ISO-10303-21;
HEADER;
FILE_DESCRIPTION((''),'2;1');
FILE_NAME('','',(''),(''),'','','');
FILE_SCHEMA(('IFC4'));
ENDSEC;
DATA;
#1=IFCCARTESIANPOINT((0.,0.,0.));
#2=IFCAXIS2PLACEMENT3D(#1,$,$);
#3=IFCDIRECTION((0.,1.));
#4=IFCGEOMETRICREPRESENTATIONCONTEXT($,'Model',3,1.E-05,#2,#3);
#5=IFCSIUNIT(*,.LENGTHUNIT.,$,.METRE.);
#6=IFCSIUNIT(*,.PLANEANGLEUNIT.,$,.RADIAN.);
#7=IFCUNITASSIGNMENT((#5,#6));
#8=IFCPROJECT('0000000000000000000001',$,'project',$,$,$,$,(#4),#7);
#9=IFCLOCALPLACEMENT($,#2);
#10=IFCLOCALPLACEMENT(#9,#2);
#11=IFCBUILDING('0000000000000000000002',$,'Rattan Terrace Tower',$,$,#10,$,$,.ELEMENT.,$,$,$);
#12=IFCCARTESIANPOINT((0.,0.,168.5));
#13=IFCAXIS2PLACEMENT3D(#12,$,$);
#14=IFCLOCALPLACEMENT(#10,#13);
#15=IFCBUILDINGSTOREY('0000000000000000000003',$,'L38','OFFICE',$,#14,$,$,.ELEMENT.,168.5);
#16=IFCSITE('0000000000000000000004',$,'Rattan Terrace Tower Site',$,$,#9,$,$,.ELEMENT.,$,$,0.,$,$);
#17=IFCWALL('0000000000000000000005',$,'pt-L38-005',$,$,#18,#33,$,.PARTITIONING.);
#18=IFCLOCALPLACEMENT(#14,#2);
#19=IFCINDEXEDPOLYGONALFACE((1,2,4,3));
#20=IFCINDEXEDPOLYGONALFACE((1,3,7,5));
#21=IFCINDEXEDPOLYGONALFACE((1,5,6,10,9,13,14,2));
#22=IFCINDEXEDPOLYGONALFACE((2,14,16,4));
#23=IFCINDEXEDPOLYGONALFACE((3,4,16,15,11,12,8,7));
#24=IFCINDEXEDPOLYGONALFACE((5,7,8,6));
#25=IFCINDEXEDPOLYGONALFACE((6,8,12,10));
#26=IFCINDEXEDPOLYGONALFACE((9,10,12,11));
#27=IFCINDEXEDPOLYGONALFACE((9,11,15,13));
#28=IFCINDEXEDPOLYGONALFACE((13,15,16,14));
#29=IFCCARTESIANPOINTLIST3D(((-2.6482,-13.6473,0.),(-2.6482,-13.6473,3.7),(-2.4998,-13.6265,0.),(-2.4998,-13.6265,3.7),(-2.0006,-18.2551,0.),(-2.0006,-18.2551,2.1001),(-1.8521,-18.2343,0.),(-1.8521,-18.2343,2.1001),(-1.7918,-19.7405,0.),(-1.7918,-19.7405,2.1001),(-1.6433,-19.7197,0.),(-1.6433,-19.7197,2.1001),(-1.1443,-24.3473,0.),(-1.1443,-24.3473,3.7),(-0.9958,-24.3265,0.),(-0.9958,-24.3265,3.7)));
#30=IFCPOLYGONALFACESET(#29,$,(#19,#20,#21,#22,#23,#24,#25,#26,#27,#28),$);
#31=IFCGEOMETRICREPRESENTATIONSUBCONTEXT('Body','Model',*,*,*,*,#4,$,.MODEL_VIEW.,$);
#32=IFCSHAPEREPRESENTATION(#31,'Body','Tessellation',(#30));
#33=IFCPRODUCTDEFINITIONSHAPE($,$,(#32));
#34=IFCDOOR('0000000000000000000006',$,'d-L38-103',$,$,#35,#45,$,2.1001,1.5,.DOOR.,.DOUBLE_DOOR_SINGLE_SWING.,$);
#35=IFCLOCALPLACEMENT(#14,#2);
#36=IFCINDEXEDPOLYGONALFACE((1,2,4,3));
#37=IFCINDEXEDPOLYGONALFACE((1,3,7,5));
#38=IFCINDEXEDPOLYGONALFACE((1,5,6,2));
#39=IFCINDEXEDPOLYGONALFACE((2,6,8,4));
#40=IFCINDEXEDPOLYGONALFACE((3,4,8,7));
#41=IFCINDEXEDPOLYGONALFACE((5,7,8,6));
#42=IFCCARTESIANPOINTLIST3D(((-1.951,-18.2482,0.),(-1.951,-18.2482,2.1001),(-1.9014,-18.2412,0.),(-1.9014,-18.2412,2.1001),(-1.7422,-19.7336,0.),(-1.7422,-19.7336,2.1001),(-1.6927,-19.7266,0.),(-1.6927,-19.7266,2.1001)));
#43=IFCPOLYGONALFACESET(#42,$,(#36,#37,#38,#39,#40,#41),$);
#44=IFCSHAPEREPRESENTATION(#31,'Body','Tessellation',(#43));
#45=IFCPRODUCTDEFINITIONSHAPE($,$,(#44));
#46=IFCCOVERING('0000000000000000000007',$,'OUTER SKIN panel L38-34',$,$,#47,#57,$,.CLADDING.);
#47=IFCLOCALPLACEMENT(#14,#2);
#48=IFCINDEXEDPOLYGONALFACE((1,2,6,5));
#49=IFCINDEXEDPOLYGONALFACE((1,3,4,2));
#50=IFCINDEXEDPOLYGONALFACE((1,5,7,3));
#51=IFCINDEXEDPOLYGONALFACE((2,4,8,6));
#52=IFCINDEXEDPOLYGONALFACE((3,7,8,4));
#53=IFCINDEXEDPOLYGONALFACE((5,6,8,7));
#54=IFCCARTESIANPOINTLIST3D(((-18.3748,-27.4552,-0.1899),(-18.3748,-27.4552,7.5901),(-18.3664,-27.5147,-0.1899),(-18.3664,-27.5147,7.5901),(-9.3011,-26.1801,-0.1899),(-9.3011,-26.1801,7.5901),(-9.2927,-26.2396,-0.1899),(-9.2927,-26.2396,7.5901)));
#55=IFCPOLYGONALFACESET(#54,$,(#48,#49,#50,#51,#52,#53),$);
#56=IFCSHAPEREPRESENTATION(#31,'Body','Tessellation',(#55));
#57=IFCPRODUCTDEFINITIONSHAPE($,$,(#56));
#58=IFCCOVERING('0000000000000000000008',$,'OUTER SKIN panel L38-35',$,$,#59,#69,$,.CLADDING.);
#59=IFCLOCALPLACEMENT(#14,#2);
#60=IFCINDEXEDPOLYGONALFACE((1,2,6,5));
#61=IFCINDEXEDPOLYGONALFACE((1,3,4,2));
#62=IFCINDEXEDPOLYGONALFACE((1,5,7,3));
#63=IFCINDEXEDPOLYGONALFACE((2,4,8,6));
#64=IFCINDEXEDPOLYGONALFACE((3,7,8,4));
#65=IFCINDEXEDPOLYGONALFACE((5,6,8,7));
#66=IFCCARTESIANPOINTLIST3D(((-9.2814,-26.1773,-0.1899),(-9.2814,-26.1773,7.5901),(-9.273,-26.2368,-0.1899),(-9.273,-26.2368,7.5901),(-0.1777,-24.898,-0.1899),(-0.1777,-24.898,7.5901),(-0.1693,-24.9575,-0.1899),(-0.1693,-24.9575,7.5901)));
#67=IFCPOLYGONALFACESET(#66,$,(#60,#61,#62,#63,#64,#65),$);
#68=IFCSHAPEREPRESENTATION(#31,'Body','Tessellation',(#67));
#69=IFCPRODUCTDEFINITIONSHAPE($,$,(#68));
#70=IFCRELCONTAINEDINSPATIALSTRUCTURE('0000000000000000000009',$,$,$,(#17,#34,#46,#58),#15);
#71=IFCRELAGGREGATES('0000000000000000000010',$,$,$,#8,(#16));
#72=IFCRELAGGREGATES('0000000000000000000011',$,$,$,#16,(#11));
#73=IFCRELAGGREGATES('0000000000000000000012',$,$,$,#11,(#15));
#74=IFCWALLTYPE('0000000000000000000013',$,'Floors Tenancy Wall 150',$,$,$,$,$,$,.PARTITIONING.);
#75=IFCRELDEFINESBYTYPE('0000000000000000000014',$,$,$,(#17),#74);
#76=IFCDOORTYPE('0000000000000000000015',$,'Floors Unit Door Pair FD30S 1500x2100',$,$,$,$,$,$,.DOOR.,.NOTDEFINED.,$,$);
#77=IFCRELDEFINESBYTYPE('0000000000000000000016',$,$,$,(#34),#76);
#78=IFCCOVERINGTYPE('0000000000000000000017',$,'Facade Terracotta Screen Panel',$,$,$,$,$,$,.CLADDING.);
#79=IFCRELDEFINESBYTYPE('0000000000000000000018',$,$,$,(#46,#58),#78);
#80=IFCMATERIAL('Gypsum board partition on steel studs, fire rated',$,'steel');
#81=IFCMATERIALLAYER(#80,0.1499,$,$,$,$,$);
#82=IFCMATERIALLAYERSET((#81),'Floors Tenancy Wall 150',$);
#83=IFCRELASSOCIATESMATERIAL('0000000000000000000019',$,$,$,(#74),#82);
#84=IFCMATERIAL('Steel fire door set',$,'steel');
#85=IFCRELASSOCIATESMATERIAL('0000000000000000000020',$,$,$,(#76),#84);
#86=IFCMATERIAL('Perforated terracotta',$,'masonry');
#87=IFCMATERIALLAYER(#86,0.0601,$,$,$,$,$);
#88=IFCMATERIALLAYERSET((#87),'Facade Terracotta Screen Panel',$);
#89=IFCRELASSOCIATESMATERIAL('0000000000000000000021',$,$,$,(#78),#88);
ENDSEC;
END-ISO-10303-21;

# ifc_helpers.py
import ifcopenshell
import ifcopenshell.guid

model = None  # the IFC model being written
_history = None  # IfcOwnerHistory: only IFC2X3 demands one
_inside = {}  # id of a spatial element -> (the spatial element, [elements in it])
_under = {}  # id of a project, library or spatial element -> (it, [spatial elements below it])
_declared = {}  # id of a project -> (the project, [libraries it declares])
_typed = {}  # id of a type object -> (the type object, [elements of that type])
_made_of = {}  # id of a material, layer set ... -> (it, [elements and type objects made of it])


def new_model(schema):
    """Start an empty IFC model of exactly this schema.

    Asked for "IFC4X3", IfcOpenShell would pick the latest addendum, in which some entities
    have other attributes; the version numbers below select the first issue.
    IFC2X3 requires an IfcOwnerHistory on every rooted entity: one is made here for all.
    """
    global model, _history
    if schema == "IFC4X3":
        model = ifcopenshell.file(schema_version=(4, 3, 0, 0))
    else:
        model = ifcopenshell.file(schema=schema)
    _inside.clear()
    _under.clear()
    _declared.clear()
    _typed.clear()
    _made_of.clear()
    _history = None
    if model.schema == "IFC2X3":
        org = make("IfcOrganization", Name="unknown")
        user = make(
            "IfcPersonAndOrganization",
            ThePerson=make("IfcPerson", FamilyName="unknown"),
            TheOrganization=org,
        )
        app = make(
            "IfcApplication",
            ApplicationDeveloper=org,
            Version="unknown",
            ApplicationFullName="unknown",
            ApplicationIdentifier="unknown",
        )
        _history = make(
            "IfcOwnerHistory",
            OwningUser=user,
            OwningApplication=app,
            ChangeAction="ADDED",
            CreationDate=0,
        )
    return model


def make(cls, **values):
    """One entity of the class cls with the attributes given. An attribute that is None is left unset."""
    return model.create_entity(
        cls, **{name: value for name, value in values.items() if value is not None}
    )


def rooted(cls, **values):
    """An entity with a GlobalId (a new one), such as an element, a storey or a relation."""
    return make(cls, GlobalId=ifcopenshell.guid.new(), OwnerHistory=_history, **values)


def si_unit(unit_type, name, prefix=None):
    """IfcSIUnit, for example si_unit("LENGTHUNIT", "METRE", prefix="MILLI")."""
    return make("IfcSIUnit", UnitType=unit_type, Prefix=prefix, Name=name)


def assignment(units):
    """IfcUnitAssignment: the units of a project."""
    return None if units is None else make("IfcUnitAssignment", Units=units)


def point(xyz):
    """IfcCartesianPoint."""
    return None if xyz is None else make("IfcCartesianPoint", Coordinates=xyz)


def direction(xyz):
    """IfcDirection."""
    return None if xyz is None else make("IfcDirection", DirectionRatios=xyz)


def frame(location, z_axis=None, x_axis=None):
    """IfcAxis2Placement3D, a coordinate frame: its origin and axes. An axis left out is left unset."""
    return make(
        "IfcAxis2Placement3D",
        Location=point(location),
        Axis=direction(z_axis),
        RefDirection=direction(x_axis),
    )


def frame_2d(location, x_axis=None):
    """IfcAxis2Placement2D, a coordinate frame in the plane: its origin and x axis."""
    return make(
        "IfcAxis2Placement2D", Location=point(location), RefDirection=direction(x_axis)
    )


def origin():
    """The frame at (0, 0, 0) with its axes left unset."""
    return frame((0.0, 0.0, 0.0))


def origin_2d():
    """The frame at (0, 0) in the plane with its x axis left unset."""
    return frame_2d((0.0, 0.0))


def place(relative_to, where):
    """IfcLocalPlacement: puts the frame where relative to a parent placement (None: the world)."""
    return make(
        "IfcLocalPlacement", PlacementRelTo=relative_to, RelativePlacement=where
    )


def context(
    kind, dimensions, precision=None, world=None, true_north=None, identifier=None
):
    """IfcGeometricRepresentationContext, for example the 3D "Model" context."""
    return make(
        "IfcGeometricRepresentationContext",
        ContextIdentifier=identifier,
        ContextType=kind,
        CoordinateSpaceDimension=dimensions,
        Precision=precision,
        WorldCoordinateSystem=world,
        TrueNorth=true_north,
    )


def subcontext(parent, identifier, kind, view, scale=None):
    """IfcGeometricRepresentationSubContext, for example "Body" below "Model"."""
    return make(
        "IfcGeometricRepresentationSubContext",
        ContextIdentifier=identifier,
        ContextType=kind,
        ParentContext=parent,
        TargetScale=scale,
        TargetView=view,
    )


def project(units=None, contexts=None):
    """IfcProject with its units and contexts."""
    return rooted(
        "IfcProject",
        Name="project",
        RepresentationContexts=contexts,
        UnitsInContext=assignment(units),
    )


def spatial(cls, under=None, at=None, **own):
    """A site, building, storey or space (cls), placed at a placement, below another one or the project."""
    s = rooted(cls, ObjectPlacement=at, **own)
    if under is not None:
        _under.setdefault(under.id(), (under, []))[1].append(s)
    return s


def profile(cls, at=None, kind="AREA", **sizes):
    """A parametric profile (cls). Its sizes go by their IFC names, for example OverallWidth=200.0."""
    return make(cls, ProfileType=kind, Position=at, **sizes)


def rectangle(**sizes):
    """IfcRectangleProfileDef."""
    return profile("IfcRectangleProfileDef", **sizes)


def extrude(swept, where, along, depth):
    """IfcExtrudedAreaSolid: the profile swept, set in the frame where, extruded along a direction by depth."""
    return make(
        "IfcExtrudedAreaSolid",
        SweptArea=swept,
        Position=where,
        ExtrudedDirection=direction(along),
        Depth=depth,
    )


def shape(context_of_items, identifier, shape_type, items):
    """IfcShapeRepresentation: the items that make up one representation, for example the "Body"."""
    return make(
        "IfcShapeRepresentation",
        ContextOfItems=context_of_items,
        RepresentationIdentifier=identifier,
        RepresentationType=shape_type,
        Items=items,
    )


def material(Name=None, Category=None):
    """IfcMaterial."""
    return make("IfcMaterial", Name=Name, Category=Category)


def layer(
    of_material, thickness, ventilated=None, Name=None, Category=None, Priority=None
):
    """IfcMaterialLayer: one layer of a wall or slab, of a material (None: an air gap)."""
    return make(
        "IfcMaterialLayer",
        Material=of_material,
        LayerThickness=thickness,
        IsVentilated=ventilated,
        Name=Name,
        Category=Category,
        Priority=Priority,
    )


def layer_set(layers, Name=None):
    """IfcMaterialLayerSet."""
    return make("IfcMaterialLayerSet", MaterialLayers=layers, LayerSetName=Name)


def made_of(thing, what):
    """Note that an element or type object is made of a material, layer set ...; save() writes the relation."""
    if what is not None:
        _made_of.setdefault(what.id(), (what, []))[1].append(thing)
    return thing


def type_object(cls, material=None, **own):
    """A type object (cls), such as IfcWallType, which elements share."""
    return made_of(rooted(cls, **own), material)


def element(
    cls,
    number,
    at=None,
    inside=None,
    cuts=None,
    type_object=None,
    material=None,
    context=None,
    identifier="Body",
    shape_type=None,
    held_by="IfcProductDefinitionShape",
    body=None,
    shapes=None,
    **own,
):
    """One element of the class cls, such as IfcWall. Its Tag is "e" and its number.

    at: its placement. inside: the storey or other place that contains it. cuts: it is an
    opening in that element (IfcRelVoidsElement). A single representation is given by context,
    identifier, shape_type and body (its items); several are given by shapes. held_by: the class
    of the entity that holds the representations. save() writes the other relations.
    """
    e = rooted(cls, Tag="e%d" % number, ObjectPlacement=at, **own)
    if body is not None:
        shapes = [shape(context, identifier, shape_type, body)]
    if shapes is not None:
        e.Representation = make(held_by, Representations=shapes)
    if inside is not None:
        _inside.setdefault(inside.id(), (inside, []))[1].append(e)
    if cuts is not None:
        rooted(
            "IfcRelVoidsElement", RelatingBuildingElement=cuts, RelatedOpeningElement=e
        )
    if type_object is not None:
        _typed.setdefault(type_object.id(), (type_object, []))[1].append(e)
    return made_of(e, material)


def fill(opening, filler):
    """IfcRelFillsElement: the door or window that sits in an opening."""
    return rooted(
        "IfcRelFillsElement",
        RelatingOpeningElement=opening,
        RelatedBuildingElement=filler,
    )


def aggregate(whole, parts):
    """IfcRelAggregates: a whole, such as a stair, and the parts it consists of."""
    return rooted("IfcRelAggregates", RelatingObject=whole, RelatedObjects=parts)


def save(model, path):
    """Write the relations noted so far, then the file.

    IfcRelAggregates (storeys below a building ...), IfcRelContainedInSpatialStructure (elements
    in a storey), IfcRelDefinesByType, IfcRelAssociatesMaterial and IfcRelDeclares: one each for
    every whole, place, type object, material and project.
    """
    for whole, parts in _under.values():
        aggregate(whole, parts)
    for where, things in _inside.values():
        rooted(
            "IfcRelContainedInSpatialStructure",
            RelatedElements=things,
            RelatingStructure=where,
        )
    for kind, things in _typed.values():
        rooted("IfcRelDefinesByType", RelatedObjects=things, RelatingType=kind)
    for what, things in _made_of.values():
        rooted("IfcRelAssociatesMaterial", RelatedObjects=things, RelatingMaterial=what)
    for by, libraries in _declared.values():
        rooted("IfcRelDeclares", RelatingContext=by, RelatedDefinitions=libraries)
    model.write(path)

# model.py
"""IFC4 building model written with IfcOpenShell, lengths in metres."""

from ifc_helpers import new_model, si_unit, direction, frame, frame_2d, origin, origin_2d, place, context, subcontext, project, spatial, rectangle, extrude, material, layer, layer_set, type_object, element, fill, save


model = new_model("IFC4")

# Units and contexts
model_context = context("Model", 3, precision=1e-05, world=origin(), true_north=direction((0.0, 1.0)))
body_context = subcontext(model_context, "Body", "Model", "MODEL_VIEW")
ifc_project = project(units=[si_unit("LENGTHUNIT", "METRE"), si_unit("PLANEANGLEUNIT", "RADIAN")], contexts=[model_context])

# Site, building, storey
site_placement = place(None, origin())
site = spatial("IfcSite", under=ifc_project, at=site_placement, Name="Rattan Terrace Tower Site", CompositionType="ELEMENT", RefElevation=0.0)
building_placement = place(site_placement, origin())
building = spatial("IfcBuilding", under=site, at=building_placement, Name="Rattan Terrace Tower", CompositionType="ELEMENT")
storey_placement = place(building_placement, frame((0.0, 0.0, 168.5)))
storey = spatial("IfcBuildingStorey", under=building, at=storey_placement, Name="L38", Description="OFFICE", CompositionType="ELEMENT", Elevation=168.5)

# Wall, opening, door
ifc_material_1 = material(Name="Gypsum board partition on steel studs, fire rated", Category="steel")
ifc_layer_1 = layer(ifc_material_1, 0.1499)
ifc_layer_set_1 = layer_set([ifc_layer_1], Name="Floors Tenancy Wall 150")
wall_type_1 = type_object("IfcWallType", Name="Floors Tenancy Wall 150", PredefinedType="PARTITIONING", material=ifc_layer_set_1)
wall_1_placement = place(storey_placement, frame((-1.0701, -24.3369, 0.0), z_axis=(0.0, 0.0, 1.0), x_axis=(-0.139185, 0.990266, 0.0)))
wall_1 = element("IfcWall", 1, at=wall_1_placement, inside=storey, type_object=wall_type_1, Name="pt-L38-005", PredefinedType="PARTITIONING", context=body_context, shape_type="SweptSolid", body=[
    extrude(rectangle(XDim=10.8052, YDim=0.1499, at=frame_2d((5.4026, 0.0))), origin(), (0.0, 0.0, 1.0), 3.7),
])
opening_placement = place(wall_1_placement, frame((4.6521, 0.0, 0.0)))
opening = element("IfcOpeningElement", 2, at=opening_placement, cuts=wall_1, PredefinedType="OPENING", context=body_context, shape_type="SweptSolid", body=[
    extrude(rectangle(XDim=1.5, YDim=2.1001, at=frame_2d((0.75, 1.05))), frame((0.0, 0.0854, 0.0), z_axis=(0.0, -1.0, 0.0), x_axis=(1.0, 0.0, 0.0)), (0.0, 0.0, 1.0), 0.1709),
])
ifc_material_2 = material(Name="Steel fire door set", Category="steel")
door_type = type_object("IfcDoorType", Name="Floors Unit Door Pair FD30S 1500x2100", OperationType="NOTDEFINED", PredefinedType="DOOR", material=ifc_material_2)
door_placement = place(opening_placement, origin())
door = element("IfcDoor", 3, at=door_placement, inside=storey, type_object=door_type, Name="d-L38-103", OperationType="DOUBLE_DOOR_SINGLE_SWING", OverallHeight=2.1001, OverallWidth=1.5, PredefinedType="DOOR", context=body_context, shape_type="SweptSolid", body=[
    extrude(rectangle(XDim=1.5, YDim=2.1001, at=frame_2d((0.75, 1.05))), frame((0.0, 0.0249, 0.0), z_axis=(0.0, -1.0, 0.0), x_axis=(1.0, 0.0, 0.0)), (0.0, 0.0, 1.0), 0.05),
])
fill(opening, door)

# Coverings
ifc_material_3 = material(Name="Perforated terracotta", Category="masonry")
ifc_layer_2 = layer(ifc_material_3, 0.0601)
ifc_layer_set_2 = layer_set([ifc_layer_2], Name="Facade Terracotta Screen Panel")
covering_type = type_object("IfcCoveringType", Name="Facade Terracotta Screen Panel", PredefinedType="CLADDING", material=ifc_layer_set_2)
covering_1_placement = place(storey_placement, frame((-13.8337, -26.8474, -0.1899), z_axis=(0.0, 0.0, 1.0), x_axis=(0.99027, 0.139161, 0.0)))
element("IfcCovering", 4, at=covering_1_placement, inside=storey, type_object=covering_type, Name="OUTER SKIN panel L38-34", PredefinedType="CLADDING", context=body_context, shape_type="SweptSolid", body=[
    extrude(rectangle(XDim=9.1628, YDim=0.0601, at=origin_2d()), origin(), (0.0, 0.0, 1.0), 7.78),
])
covering_2_placement = place(storey_placement, frame((-4.7253, -25.5674, -0.1899), z_axis=(0.0, 0.0, 1.0), x_axis=(0.99027, 0.139161, 0.0)))
element("IfcCovering", 5, at=covering_2_placement, inside=storey, type_object=covering_type, Name="OUTER SKIN panel L38-35", PredefinedType="CLADDING", context=body_context, shape_type="SweptSolid", body=[
    extrude(rectangle(XDim=9.1931, YDim=0.0601, at=origin_2d()), origin(), (0.0, 0.0, 1.0), 7.78),
])

save(model, "model.ifc")
